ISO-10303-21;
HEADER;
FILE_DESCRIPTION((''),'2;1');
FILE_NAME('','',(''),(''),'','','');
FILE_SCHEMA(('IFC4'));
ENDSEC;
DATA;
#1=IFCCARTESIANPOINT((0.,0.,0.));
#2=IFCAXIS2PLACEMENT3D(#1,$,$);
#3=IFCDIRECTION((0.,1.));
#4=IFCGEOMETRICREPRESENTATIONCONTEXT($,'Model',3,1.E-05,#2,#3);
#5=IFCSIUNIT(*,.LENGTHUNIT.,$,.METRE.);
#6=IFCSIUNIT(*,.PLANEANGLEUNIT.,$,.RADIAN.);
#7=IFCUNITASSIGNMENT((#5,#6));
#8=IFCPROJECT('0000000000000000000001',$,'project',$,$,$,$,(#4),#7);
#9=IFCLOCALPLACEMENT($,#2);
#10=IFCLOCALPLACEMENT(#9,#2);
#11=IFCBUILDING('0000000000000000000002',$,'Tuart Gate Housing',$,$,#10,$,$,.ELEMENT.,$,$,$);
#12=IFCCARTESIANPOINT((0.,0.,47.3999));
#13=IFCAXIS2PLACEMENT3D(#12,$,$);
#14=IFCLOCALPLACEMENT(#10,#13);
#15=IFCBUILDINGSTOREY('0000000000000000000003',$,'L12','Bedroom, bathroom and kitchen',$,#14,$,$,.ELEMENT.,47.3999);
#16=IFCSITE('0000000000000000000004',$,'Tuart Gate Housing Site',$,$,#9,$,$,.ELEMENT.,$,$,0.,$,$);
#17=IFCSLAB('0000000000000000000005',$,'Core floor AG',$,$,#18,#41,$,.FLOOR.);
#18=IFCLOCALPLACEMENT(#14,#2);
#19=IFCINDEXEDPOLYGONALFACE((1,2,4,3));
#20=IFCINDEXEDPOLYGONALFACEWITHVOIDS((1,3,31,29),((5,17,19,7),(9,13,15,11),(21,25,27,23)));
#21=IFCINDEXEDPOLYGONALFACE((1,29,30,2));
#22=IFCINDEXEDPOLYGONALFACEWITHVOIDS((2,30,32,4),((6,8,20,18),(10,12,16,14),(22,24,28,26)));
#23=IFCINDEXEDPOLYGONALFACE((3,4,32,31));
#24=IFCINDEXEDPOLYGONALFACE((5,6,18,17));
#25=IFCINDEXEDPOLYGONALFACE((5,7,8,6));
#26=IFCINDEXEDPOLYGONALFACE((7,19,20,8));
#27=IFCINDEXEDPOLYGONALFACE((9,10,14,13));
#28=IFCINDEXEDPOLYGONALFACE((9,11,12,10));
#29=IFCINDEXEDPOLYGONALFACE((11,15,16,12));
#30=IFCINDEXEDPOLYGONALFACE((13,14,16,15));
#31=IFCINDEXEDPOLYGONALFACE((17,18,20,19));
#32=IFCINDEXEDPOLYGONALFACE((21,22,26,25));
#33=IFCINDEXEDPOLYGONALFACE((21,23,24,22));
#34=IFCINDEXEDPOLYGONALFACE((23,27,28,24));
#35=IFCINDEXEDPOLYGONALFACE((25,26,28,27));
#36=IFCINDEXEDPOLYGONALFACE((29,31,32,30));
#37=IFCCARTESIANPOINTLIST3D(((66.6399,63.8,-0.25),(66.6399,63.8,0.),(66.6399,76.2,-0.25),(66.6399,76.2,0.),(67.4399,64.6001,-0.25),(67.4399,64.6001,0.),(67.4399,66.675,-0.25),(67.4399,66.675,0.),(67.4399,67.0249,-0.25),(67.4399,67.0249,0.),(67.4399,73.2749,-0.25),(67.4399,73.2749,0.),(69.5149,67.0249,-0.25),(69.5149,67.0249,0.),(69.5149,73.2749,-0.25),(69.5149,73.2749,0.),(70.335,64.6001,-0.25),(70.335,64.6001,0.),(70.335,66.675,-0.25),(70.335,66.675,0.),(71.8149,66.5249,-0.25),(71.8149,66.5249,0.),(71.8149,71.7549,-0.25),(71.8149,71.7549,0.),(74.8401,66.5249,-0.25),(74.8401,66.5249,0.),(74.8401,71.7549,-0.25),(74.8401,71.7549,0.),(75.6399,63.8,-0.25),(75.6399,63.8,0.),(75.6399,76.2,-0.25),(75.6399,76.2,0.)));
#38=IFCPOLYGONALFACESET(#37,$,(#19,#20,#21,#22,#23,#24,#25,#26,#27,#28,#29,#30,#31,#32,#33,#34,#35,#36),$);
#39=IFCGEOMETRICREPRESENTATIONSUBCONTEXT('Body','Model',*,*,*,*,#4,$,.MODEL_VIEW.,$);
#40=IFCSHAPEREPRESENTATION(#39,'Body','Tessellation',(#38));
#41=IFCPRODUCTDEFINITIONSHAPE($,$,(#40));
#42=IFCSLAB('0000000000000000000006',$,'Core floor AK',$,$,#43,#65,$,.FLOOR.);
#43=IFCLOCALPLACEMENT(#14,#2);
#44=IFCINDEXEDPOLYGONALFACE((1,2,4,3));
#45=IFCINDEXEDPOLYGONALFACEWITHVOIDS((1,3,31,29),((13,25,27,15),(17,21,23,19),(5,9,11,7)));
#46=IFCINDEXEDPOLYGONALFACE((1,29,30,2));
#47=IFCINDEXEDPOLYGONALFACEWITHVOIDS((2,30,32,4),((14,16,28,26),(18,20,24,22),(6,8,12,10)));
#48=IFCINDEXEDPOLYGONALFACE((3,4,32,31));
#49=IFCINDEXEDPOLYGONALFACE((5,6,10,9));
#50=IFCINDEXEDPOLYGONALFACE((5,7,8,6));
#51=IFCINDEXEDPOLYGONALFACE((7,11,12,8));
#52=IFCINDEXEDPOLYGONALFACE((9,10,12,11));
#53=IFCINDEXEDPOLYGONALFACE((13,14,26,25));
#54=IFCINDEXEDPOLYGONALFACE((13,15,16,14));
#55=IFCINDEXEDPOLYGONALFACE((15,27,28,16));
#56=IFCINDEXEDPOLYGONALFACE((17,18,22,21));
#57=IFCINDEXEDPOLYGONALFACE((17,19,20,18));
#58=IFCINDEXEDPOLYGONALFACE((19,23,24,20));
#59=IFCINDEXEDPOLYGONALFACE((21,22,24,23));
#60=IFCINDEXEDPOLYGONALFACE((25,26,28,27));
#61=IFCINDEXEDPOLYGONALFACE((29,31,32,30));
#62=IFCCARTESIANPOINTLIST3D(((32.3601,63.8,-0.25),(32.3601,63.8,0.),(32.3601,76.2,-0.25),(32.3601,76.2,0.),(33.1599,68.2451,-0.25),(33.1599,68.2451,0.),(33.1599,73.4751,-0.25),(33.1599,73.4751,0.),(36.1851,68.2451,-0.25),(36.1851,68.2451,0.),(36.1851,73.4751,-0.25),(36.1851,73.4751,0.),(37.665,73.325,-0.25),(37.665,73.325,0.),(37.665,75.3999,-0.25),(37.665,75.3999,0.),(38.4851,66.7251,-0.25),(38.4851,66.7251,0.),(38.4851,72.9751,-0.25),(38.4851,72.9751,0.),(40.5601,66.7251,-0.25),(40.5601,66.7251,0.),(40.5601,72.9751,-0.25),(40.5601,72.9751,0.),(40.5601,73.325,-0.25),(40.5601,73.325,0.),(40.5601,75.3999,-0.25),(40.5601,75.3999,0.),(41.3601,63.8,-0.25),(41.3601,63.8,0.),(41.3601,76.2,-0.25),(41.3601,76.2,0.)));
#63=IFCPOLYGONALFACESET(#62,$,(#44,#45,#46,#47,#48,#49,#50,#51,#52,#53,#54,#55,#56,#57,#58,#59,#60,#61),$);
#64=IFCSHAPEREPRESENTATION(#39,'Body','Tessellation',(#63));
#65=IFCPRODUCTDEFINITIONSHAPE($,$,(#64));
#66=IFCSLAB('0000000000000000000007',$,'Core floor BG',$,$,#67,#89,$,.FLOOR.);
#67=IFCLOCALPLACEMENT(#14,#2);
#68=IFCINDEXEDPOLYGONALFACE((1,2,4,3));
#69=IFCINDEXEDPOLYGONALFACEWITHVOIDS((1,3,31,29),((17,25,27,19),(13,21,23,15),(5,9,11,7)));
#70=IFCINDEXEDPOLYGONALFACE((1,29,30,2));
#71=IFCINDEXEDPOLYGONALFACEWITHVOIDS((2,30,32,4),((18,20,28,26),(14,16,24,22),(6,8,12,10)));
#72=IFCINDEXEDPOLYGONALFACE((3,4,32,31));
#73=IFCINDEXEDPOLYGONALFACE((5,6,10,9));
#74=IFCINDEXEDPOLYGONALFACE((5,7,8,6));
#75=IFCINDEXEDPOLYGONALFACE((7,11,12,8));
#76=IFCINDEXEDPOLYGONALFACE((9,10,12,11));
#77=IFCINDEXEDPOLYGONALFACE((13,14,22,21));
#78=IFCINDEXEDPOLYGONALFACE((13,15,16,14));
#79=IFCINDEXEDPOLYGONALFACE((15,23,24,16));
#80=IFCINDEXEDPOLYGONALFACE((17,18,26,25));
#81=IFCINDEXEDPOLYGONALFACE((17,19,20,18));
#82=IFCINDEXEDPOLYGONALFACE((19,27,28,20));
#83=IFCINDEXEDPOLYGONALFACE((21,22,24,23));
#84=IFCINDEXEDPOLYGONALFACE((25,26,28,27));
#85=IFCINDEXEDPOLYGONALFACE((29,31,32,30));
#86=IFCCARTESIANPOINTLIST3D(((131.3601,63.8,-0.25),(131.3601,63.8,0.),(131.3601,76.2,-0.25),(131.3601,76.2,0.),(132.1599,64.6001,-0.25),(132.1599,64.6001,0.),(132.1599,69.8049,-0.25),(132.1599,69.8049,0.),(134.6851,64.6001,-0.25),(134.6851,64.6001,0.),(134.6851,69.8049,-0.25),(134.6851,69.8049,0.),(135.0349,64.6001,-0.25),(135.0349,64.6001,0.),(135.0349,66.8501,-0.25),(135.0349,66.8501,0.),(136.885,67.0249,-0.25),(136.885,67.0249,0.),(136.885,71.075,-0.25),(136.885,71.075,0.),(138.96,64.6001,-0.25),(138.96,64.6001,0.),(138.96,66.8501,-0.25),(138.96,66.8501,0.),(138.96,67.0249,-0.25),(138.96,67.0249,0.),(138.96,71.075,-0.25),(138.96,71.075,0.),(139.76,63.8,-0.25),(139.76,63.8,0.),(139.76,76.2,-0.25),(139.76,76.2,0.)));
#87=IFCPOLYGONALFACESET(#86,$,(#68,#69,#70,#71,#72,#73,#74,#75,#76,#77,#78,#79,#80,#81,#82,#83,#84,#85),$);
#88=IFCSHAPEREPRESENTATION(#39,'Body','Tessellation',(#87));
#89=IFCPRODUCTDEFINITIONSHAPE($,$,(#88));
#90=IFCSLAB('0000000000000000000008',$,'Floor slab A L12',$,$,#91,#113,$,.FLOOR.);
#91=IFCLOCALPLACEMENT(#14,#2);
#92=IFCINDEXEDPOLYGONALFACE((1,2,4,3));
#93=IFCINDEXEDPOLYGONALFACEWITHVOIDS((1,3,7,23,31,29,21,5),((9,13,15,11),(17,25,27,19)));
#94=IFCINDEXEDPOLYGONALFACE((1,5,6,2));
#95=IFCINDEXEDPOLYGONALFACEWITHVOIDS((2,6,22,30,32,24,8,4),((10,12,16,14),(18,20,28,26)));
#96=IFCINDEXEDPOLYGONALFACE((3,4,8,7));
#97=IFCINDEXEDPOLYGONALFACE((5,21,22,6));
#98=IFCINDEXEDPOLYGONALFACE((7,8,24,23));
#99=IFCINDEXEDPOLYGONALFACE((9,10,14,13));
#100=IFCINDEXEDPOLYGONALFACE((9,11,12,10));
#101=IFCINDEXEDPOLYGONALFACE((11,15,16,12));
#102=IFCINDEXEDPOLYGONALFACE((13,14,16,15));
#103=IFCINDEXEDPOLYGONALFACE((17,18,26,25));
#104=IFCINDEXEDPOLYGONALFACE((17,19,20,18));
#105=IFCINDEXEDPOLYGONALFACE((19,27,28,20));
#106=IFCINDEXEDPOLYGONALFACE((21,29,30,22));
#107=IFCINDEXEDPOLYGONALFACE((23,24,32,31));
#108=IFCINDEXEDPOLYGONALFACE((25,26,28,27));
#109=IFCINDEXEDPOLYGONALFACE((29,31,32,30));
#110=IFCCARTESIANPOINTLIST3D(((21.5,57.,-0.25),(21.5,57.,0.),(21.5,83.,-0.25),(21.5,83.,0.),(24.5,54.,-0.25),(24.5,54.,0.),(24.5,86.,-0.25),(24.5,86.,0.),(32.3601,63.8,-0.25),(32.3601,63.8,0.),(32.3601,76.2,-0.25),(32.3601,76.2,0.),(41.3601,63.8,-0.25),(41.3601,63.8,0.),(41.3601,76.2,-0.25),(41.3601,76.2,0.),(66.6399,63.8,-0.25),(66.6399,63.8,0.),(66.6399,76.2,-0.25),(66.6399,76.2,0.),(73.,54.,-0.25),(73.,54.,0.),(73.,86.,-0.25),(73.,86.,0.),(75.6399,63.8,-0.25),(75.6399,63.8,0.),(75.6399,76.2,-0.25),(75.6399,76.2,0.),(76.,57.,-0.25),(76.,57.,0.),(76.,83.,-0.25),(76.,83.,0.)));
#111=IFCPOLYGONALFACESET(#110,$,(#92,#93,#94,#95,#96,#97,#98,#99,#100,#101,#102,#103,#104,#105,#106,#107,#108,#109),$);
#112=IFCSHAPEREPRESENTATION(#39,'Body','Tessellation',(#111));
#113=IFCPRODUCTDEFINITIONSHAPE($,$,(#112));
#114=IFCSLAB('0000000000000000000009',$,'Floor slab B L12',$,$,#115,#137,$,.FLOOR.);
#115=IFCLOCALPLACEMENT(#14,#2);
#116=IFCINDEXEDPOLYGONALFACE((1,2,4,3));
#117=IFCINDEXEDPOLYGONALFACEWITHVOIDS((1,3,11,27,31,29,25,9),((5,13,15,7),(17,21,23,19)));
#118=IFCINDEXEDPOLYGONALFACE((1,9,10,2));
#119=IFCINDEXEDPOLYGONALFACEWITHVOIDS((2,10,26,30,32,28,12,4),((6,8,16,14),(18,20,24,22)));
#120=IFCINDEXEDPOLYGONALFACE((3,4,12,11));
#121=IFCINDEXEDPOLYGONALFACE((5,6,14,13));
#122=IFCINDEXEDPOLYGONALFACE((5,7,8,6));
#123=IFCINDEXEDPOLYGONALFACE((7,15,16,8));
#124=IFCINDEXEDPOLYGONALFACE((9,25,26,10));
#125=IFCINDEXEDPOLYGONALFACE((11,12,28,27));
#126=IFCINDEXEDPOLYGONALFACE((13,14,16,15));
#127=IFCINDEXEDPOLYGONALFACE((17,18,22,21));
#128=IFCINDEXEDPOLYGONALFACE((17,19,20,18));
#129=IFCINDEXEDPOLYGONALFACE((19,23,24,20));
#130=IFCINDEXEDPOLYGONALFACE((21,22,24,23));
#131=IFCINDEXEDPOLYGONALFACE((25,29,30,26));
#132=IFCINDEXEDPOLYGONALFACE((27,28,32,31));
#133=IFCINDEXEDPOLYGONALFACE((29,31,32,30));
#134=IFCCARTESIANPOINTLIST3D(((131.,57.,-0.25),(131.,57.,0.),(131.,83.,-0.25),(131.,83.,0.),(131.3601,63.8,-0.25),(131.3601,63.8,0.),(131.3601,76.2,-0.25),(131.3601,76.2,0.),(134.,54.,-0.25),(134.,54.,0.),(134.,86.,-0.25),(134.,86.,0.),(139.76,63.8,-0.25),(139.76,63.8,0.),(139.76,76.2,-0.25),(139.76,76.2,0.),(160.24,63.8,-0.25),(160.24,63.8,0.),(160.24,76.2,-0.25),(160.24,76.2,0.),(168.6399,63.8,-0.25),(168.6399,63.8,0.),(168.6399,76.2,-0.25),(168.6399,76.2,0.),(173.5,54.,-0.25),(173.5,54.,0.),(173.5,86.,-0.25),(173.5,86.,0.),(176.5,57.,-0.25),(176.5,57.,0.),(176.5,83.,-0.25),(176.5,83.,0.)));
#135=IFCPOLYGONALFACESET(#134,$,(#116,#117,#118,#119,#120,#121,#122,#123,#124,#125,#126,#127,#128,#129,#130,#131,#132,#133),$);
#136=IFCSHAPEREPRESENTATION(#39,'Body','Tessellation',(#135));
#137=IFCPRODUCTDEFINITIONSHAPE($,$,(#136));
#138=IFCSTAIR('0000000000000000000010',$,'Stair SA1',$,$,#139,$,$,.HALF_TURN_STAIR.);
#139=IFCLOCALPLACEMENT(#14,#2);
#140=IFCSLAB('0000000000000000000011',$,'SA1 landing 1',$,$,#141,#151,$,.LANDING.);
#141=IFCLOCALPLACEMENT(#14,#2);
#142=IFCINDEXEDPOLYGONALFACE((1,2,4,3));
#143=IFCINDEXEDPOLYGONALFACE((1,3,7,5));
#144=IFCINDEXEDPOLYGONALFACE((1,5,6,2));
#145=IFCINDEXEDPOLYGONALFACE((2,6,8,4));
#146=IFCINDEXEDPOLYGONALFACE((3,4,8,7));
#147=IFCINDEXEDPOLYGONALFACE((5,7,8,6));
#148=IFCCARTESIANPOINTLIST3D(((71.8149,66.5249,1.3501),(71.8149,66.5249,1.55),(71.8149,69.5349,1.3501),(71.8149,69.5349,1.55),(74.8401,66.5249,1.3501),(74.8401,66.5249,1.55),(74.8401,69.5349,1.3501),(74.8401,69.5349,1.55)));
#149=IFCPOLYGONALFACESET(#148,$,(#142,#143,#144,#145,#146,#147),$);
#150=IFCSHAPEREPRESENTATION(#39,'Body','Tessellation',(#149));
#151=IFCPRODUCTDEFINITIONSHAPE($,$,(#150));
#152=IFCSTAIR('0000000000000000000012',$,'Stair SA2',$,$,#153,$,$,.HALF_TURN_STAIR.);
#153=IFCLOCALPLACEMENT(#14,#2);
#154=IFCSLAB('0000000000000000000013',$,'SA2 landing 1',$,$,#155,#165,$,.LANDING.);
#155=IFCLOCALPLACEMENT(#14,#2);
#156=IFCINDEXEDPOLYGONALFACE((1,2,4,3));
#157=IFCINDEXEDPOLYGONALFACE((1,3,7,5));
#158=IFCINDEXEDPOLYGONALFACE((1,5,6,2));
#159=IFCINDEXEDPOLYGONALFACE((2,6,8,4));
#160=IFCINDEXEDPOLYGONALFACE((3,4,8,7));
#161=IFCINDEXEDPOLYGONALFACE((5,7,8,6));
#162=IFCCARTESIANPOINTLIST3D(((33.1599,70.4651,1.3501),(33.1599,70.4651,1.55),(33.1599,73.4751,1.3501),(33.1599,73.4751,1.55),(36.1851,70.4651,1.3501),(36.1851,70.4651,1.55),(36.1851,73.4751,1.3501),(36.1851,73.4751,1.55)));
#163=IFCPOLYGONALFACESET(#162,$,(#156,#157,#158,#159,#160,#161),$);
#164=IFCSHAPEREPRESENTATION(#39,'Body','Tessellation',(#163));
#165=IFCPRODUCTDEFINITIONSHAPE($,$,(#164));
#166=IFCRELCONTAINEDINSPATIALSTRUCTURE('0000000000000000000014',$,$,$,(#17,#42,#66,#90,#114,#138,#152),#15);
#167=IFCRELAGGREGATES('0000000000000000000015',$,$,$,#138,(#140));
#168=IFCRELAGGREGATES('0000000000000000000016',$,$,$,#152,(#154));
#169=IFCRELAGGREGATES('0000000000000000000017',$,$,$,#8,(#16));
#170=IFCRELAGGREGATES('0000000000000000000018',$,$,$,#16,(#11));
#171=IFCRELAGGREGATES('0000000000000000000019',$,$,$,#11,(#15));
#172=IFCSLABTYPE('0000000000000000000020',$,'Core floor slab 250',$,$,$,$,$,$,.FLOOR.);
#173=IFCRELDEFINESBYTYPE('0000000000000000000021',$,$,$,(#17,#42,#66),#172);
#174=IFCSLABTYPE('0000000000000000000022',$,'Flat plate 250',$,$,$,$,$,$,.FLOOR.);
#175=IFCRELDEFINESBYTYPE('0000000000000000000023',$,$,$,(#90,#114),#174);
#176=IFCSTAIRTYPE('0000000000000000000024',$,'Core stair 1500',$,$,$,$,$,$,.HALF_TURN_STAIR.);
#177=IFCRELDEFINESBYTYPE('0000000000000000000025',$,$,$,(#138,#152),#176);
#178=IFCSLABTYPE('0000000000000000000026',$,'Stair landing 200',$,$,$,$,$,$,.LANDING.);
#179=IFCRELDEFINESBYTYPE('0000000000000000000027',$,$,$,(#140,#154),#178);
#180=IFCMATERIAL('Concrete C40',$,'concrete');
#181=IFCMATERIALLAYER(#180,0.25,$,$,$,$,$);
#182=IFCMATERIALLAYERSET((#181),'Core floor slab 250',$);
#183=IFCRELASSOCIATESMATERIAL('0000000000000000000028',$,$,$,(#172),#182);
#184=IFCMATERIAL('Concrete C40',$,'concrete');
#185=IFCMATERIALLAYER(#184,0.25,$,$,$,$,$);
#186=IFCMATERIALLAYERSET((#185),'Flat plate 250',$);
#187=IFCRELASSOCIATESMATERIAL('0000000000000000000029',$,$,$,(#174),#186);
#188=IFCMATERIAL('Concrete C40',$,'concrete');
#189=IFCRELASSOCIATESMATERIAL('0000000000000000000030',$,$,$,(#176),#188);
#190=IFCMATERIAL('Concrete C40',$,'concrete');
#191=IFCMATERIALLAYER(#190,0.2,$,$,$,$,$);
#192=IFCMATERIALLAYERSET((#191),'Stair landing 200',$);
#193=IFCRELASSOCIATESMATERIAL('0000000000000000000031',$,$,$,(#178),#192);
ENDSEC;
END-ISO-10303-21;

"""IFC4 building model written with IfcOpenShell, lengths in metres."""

from ifc_helpers import new_model, si_unit, direction, frame, origin, place, context, subcontext, project, spatial, polyline, outline, extrude, material, layer, layer_set, type_object, element, aggregate, save


model = new_model("IFC4")

# Units and contexts
model_context = context("Model", 3, precision=1e-05, world=origin(), true_north=direction((0.0, 1.0)))
body_context = subcontext(model_context, "Body", "Model", "MODEL_VIEW")
ifc_project = project(units=[si_unit("LENGTHUNIT", "METRE"), si_unit("PLANEANGLEUNIT", "RADIAN")], contexts=[model_context])

# Site, building, storey
site_placement = place(None, origin())
site = spatial("IfcSite", under=ifc_project, at=site_placement, Name="Tuart Gate Housing Site", CompositionType="ELEMENT", RefElevation=0.0)
building_placement = place(site_placement, origin())
building = spatial("IfcBuilding", under=site, at=building_placement, Name="Tuart Gate Housing", CompositionType="ELEMENT")
storey_placement = place(building_placement, frame((0.0, 0.0, 47.3999)))
storey = spatial("IfcBuildingStorey", under=building, at=storey_placement, Name="L12", Description="Bedroom, bathroom and kitchen", CompositionType="ELEMENT", Elevation=47.3999)

# Slabs
ifc_material_1 = material(Name="Concrete C40", Category="concrete")
ifc_layer_1 = layer(ifc_material_1, 0.25)
ifc_layer_set_1 = layer_set([ifc_layer_1], Name="Core floor slab 250")
slab_type_1 = type_object("IfcSlabType", Name="Core floor slab 250", PredefinedType="FLOOR", material=ifc_layer_set_1)
slab_1_placement = place(storey_placement, frame((0.0, 0.0, -0.25)))
element("IfcSlab", 1, at=slab_1_placement, inside=storey, type_object=slab_type_1, Name="Core floor AG", PredefinedType="FLOOR", context=body_context, shape_type="SweptSolid", body=[
    extrude(outline(polyline([(66.6399, 63.8), (75.6399, 63.8), (75.6399, 76.2), (66.6399, 76.2), (66.6399, 63.8)]), holes=[polyline([(67.4399, 64.6001), (70.335, 64.6001), (70.335, 66.675), (67.4399, 66.675), (67.4399, 64.6001)]), polyline([(67.4399, 67.0249), (69.5149, 67.0249), (69.5149, 73.2749), (67.4399, 73.2749), (67.4399, 67.0249)]), polyline([(71.8149, 66.5249), (74.8401, 66.5249), (74.8401, 71.7549), (71.8149, 71.7549), (71.8149, 66.5249)])]), origin(), (0.0, 0.0, 1.0), 0.25),
])
slab_2_placement = place(storey_placement, frame((0.0, 0.0, -0.25)))
element("IfcSlab", 2, at=slab_2_placement, inside=storey, type_object=slab_type_1, Name="Core floor AK", PredefinedType="FLOOR", context=body_context, shape_type="SweptSolid", body=[
    extrude(outline(polyline([(32.3601, 63.8), (41.3601, 63.8), (41.3601, 76.2), (32.3601, 76.2), (32.3601, 63.8)]), holes=[polyline([(40.5601, 75.3999), (37.665, 75.3999), (37.665, 73.325), (40.5601, 73.325), (40.5601, 75.3999)]), polyline([(40.5601, 72.9751), (38.4851, 72.9751), (38.4851, 66.7251), (40.5601, 66.7251), (40.5601, 72.9751)]), polyline([(36.1851, 73.4751), (33.1599, 73.4751), (33.1599, 68.2451), (36.1851, 68.2451), (36.1851, 73.4751)])]), origin(), (0.0, 0.0, 1.0), 0.25),
])
slab_3_placement = place(storey_placement, frame((0.0, 0.0, -0.25)))
element("IfcSlab", 3, at=slab_3_placement, inside=storey, type_object=slab_type_1, Name="Core floor BG", PredefinedType="FLOOR", context=body_context, shape_type="SweptSolid", body=[
    extrude(outline(polyline([(131.3601, 63.8), (139.76, 63.8), (139.76, 76.2), (131.3601, 76.2), (131.3601, 63.8)]), holes=[polyline([(138.96, 66.8501), (135.0349, 66.8501), (135.0349, 64.6001), (138.96, 64.6001), (138.96, 66.8501)]), polyline([(138.96, 71.075), (136.885, 71.075), (136.885, 67.0249), (138.96, 67.0249), (138.96, 71.075)]), polyline([(134.6851, 69.8049), (132.1599, 69.8049), (132.1599, 64.6001), (134.6851, 64.6001), (134.6851, 69.8049)])]), origin(), (0.0, 0.0, 1.0), 0.25),
])
ifc_material_2 = material(Name="Concrete C40", Category="concrete")
ifc_layer_2 = layer(ifc_material_2, 0.25)
ifc_layer_set_2 = layer_set([ifc_layer_2], Name="Flat plate 250")
slab_type_2 = type_object("IfcSlabType", Name="Flat plate 250", PredefinedType="FLOOR", material=ifc_layer_set_2)
slab_4_placement = place(storey_placement, frame((0.0, 0.0, -0.25)))
element("IfcSlab", 4, at=slab_4_placement, inside=storey, type_object=slab_type_2, Name="Floor slab A L12", PredefinedType="FLOOR", context=body_context, shape_type="SweptSolid", body=[
    extrude(outline(polyline([(24.5, 86.0), (21.5, 83.0), (21.5, 57.0), (24.5, 54.0), (73.0, 54.0), (76.0, 57.0), (76.0, 83.0), (73.0, 86.0), (24.5, 86.0)]), holes=[polyline([(66.6399, 76.2), (75.6399, 76.2), (75.6399, 63.8), (66.6399, 63.8), (66.6399, 76.2)]), polyline([(41.3601, 76.2), (41.3601, 63.8), (32.3601, 63.8), (32.3601, 76.2), (41.3601, 76.2)])]), origin(), (0.0, 0.0, 1.0), 0.25),
])
slab_5_placement = place(storey_placement, frame((0.0, 0.0, -0.25)))
element("IfcSlab", 5, at=slab_5_placement, inside=storey, type_object=slab_type_2, Name="Floor slab B L12", PredefinedType="FLOOR", context=body_context, shape_type="SweptSolid", body=[
    extrude(outline(polyline([(134.0, 86.0), (131.0, 83.0), (131.0, 57.0), (134.0, 54.0), (173.5, 54.0), (176.5, 57.0), (176.5, 83.0), (173.5, 86.0), (134.0, 86.0)]), holes=[polyline([(131.3601, 76.2), (139.76, 76.2), (139.76, 63.8), (131.3601, 63.8), (131.3601, 76.2)]), polyline([(168.6399, 76.2), (168.6399, 63.8), (160.24, 63.8), (160.24, 76.2), (168.6399, 76.2)])]), origin(), (0.0, 0.0, 1.0), 0.25),
])

# Stairs, slabs
ifc_material_3 = material(Name="Concrete C40", Category="concrete")
stair_type = type_object("IfcStairType", Name="Core stair 1500", PredefinedType="HALF_TURN_STAIR", material=ifc_material_3)
stair_1_placement = place(storey_placement, origin())
stair_1 = element("IfcStair", 6, at=stair_1_placement, inside=storey, type_object=stair_type, Name="Stair SA1", PredefinedType="HALF_TURN_STAIR")
ifc_material_4 = material(Name="Concrete C40", Category="concrete")
ifc_layer_3 = layer(ifc_material_4, 0.2)
ifc_layer_set_3 = layer_set([ifc_layer_3], Name="Stair landing 200")
slab_type_3 = type_object("IfcSlabType", Name="Stair landing 200", PredefinedType="LANDING", material=ifc_layer_set_3)
slab_6_placement = place(storey_placement, frame((0.0, 0.0, 1.3501)))
slab_6 = element("IfcSlab", 7, at=slab_6_placement, type_object=slab_type_3, Name="SA1 landing 1", PredefinedType="LANDING", context=body_context, shape_type="SweptSolid", body=[
    extrude(outline(polyline([(71.8149, 66.5249), (74.8401, 66.5249), (74.8401, 69.5349), (71.8149, 69.5349), (71.8149, 66.5249)])), origin(), (0.0, 0.0, 1.0), 0.2),
])
aggregate(stair_1, [slab_6])
stair_2_placement = place(storey_placement, origin())
stair_2 = element("IfcStair", 8, at=stair_2_placement, inside=storey, type_object=stair_type, Name="Stair SA2", PredefinedType="HALF_TURN_STAIR")
slab_7_placement = place(storey_placement, frame((0.0, 0.0, 1.3501)))
slab_7 = element("IfcSlab", 9, at=slab_7_placement, type_object=slab_type_3, Name="SA2 landing 1", PredefinedType="LANDING", context=body_context, shape_type="SweptSolid", body=[
    extrude(outline(polyline([(36.1851, 73.4751), (33.1599, 73.4751), (33.1599, 70.4651), (36.1851, 70.4651), (36.1851, 73.4751)])), origin(), (0.0, 0.0, 1.0), 0.2),
])
aggregate(stair_2, [slab_7])

save(model, "model.ifc")
